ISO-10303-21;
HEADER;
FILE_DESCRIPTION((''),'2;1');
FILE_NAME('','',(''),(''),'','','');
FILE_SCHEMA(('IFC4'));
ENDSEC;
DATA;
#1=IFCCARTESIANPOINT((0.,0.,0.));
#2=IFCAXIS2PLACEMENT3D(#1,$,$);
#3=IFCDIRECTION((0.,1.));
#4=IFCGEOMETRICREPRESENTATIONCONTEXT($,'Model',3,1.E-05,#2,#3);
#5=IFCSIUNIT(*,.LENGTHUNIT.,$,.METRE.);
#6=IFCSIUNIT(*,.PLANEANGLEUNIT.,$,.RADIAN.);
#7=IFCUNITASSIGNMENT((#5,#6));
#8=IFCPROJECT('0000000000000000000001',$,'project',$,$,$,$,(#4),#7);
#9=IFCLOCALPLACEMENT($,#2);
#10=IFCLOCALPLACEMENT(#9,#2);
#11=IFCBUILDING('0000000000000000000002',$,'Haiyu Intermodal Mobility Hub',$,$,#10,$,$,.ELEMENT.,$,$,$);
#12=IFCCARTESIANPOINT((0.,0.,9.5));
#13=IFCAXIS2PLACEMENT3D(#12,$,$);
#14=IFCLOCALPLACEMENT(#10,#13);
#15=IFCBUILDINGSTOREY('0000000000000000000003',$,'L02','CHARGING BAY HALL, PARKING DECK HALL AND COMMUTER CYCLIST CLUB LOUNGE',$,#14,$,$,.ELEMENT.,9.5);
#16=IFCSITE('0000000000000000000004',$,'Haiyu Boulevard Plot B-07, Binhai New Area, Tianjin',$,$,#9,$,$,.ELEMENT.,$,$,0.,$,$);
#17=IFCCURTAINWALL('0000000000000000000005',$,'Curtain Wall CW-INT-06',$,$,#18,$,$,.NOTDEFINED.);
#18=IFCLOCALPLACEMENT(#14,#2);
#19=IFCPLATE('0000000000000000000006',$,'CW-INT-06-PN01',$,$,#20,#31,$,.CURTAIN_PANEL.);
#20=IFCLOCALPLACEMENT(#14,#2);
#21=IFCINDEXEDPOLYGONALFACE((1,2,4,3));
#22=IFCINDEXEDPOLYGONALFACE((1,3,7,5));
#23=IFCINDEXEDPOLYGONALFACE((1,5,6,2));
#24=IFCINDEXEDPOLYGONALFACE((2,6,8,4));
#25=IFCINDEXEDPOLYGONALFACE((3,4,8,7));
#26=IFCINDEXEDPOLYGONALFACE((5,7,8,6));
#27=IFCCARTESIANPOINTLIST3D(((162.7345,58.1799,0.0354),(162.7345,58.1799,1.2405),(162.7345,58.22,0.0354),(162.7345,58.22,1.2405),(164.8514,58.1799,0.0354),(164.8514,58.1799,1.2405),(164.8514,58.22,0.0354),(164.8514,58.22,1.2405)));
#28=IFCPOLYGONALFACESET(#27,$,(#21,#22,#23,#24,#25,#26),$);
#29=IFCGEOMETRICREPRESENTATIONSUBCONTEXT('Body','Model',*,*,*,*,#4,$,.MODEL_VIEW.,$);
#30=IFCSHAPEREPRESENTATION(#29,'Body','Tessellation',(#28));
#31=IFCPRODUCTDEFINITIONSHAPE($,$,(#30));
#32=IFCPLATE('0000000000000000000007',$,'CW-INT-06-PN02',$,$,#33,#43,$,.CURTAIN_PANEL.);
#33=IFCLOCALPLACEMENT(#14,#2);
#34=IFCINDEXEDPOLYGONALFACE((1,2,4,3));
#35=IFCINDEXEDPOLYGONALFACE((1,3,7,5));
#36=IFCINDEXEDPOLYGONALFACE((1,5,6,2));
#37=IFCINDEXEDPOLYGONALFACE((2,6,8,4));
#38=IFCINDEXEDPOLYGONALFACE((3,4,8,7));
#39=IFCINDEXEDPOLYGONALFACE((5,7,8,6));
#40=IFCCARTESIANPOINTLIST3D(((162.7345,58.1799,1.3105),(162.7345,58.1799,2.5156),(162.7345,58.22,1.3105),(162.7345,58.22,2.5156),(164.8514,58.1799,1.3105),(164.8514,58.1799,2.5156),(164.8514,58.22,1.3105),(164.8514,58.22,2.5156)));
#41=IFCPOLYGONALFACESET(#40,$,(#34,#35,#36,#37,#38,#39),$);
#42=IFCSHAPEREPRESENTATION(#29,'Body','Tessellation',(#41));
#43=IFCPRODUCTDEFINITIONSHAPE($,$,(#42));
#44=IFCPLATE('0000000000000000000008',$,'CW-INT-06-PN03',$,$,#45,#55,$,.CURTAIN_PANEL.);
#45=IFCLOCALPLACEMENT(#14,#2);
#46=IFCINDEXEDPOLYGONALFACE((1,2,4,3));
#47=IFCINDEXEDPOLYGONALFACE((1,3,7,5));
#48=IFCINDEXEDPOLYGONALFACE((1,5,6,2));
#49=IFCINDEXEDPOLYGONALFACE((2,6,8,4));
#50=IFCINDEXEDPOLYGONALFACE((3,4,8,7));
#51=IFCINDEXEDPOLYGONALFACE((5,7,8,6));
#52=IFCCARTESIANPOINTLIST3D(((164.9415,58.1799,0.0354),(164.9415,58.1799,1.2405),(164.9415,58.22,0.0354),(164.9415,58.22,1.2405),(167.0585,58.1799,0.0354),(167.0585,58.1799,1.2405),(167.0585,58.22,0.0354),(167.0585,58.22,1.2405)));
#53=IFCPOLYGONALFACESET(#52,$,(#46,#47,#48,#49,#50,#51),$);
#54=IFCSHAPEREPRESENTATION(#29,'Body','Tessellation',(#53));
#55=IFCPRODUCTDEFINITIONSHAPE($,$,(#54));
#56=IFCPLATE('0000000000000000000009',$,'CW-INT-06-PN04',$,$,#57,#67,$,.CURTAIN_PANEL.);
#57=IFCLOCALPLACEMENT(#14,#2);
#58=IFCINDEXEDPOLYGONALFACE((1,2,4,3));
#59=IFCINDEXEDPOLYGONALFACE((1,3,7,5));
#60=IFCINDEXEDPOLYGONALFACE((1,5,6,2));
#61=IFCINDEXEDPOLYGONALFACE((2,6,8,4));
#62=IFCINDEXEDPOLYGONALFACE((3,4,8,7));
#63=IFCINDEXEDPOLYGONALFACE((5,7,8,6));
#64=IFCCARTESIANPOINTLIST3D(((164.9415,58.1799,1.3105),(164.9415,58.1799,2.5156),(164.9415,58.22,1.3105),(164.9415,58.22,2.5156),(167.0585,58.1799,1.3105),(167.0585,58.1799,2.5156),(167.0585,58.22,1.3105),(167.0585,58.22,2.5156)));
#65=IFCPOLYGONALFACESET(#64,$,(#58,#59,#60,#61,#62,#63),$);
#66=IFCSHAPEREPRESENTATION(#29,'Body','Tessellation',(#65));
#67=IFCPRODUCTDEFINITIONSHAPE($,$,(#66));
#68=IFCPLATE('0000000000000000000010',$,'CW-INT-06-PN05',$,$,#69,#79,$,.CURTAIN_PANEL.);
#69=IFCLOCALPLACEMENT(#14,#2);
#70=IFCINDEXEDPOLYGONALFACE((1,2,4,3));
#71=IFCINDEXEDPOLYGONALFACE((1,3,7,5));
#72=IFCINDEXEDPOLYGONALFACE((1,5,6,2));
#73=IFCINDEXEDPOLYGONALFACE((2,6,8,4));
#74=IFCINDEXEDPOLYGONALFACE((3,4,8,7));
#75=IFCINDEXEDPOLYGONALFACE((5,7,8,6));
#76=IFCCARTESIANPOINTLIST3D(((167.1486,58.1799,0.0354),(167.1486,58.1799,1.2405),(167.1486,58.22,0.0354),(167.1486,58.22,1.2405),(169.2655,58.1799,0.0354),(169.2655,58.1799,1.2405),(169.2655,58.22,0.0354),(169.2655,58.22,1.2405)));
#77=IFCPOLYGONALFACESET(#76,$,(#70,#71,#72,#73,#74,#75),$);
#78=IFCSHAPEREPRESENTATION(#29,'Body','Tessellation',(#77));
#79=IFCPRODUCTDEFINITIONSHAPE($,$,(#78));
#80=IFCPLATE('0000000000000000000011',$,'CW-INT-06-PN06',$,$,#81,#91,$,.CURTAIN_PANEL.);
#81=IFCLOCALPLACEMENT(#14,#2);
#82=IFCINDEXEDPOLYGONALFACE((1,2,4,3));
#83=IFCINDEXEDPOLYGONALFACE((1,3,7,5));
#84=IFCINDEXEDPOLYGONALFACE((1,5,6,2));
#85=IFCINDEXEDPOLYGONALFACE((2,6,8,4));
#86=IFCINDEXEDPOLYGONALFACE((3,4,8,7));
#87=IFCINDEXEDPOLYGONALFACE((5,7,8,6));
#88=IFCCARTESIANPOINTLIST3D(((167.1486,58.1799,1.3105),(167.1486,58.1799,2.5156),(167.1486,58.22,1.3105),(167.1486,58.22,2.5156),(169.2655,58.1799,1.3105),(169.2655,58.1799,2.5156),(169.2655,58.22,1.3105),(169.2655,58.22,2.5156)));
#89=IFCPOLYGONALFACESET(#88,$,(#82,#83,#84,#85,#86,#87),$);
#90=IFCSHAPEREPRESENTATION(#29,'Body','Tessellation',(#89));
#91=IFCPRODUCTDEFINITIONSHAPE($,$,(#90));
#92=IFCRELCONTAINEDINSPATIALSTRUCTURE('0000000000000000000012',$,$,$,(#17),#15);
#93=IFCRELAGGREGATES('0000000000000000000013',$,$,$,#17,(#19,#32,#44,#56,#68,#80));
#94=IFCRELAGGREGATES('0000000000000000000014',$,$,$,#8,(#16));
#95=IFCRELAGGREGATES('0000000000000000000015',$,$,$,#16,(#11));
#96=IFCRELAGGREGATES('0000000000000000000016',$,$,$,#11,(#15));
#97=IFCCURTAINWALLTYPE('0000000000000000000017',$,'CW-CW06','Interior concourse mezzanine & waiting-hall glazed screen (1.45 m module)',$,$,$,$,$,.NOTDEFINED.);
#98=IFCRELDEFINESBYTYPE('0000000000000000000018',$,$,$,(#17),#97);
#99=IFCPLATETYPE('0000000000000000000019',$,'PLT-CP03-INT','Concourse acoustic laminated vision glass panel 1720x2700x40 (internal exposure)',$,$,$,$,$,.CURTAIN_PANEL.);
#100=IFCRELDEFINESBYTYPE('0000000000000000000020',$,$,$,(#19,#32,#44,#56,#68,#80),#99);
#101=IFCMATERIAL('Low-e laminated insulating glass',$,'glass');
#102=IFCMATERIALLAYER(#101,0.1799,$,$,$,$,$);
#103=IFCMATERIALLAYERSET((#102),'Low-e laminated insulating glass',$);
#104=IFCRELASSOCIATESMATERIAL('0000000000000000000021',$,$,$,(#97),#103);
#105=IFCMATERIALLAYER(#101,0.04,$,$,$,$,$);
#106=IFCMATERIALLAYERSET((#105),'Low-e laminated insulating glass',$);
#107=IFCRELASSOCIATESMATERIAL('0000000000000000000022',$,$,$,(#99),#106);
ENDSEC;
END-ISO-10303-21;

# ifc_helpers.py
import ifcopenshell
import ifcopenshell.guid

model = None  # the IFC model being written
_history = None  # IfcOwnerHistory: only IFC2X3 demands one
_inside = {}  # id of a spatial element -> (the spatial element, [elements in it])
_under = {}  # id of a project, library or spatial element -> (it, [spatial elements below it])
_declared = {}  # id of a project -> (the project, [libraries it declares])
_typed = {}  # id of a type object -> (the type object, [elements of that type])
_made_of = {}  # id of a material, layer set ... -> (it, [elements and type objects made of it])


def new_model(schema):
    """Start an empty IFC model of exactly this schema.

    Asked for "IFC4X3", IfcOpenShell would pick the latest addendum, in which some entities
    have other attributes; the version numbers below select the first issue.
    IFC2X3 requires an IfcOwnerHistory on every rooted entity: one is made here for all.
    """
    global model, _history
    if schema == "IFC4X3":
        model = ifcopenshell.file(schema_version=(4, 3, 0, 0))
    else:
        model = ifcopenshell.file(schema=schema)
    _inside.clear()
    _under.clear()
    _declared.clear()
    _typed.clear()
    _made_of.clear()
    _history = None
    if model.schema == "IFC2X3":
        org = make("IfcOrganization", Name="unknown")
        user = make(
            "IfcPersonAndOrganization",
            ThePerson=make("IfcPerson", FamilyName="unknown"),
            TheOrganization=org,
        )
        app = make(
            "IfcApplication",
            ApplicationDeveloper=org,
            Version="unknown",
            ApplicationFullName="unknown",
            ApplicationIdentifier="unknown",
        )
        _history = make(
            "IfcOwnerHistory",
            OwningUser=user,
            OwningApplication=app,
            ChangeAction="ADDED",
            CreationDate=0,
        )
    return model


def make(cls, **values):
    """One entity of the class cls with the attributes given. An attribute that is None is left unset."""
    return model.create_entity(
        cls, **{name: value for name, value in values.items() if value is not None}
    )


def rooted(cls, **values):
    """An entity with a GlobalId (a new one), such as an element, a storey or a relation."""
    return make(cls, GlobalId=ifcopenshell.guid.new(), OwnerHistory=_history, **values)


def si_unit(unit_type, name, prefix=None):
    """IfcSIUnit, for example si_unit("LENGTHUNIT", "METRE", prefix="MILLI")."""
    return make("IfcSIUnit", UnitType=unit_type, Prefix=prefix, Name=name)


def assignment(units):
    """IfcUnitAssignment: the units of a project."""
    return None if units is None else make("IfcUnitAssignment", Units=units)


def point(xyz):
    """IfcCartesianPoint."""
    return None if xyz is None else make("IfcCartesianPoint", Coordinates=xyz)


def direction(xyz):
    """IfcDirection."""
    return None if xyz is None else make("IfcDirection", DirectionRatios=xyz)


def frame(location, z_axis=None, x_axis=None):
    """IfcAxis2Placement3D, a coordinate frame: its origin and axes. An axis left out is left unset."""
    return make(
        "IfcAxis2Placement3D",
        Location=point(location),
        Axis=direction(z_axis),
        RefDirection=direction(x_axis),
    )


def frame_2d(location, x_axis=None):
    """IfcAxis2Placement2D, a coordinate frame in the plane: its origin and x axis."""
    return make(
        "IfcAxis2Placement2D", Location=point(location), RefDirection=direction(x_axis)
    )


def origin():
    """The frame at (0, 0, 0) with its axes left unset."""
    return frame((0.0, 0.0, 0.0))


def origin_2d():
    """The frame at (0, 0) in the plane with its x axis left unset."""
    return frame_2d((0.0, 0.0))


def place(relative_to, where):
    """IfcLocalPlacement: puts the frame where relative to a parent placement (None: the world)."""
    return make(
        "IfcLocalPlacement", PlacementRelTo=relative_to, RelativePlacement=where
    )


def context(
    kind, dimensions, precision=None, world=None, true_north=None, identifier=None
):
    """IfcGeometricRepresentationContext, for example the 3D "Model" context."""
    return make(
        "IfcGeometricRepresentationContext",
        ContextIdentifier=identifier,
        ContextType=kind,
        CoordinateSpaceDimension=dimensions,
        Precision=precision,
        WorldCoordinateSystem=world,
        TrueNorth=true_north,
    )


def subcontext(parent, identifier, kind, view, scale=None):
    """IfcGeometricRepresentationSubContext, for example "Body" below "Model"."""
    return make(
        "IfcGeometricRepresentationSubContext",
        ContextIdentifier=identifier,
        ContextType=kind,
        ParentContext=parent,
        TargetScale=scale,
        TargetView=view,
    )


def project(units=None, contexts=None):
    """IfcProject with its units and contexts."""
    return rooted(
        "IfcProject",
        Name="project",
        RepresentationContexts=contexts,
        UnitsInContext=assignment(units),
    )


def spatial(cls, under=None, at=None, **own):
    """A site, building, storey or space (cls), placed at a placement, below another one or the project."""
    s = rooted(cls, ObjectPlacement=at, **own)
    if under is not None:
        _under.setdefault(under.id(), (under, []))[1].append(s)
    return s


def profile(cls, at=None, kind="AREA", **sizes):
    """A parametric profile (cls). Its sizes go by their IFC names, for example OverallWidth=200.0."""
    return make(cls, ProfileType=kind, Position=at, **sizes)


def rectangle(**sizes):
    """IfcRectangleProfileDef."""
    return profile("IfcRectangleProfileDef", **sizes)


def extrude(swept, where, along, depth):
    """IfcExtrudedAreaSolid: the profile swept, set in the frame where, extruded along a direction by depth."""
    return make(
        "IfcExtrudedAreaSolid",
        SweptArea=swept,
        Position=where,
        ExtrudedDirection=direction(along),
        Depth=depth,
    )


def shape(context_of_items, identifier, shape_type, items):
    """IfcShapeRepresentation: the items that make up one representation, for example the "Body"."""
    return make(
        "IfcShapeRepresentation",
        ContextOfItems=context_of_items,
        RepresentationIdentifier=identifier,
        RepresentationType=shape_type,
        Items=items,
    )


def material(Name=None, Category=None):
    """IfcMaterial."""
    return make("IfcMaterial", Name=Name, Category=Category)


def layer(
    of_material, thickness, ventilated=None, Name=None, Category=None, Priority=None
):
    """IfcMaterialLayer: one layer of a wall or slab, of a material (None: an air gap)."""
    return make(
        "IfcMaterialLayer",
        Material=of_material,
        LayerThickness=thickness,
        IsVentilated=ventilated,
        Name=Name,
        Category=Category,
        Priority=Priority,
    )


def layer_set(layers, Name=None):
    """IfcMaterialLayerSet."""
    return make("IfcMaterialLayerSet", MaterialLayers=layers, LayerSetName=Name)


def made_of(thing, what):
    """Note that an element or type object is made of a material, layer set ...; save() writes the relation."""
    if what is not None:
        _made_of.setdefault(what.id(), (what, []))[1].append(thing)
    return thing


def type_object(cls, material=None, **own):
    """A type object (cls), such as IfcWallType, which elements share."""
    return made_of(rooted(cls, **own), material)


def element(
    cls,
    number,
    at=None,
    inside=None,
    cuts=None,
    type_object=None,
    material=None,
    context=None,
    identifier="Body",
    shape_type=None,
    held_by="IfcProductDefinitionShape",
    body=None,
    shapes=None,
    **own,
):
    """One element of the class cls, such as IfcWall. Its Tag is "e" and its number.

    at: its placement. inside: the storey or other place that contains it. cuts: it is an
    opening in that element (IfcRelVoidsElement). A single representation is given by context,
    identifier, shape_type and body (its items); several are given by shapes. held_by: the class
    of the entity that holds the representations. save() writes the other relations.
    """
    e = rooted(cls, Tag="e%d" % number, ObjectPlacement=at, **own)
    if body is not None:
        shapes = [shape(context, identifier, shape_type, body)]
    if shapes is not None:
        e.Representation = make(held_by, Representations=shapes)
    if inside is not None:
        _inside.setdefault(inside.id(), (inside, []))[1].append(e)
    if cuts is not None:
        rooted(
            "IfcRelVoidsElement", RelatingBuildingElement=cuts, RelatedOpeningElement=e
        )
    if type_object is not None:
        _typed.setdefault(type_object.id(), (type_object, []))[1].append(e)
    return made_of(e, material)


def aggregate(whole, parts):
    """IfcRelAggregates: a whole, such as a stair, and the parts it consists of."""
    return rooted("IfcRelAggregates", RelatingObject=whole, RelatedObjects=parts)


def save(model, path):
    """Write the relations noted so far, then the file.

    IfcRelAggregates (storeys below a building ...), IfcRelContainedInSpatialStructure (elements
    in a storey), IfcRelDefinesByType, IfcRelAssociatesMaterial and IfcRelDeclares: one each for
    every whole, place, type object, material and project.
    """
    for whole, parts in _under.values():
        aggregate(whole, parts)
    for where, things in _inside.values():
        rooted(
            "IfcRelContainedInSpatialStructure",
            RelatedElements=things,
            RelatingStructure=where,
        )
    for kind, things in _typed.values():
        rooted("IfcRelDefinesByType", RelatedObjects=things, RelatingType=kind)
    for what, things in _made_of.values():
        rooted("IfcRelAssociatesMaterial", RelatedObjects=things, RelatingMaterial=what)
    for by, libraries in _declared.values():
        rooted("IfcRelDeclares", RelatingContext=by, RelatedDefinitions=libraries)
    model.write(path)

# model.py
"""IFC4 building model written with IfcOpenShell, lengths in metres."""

from ifc_helpers import new_model, si_unit, direction, frame, origin, origin_2d, place, context, subcontext, project, spatial, rectangle, extrude, material, layer, layer_set, type_object, element, aggregate, save


model = new_model("IFC4")

# Units and contexts
model_context = context("Model", 3, precision=1e-05, world=origin(), true_north=direction((0.0, 1.0)))
body_context = subcontext(model_context, "Body", "Model", "MODEL_VIEW")
ifc_project = project(units=[si_unit("LENGTHUNIT", "METRE"), si_unit("PLANEANGLEUNIT", "RADIAN")], contexts=[model_context])

# Site, building, storey
site_placement = place(None, origin())
site = spatial("IfcSite", under=ifc_project, at=site_placement, Name="Haiyu Boulevard Plot B-07, Binhai New Area, Tianjin", CompositionType="ELEMENT", RefElevation=0.0)
building_placement = place(site_placement, origin())
building = spatial("IfcBuilding", under=site, at=building_placement, Name="Haiyu Intermodal Mobility Hub", CompositionType="ELEMENT")
storey_placement = place(building_placement, frame((0.0, 0.0, 9.5)))
storey = spatial("IfcBuildingStorey", under=building, at=storey_placement, Name="L02", Description="CHARGING BAY HALL, PARKING DECK HALL AND COMMUTER CYCLIST CLUB LOUNGE", CompositionType="ELEMENT", Elevation=9.5)

# Shared definitions
ifc_material_1 = material(Name="Low-e laminated insulating glass", Category="glass")
ifc_layer_1 = layer(ifc_material_1, 0.1799)
ifc_layer_set_1 = layer_set([ifc_layer_1], Name="Low-e laminated insulating glass")
curtain_wall_type = type_object("IfcCurtainWallType", Name="CW-CW06", Description="Interior concourse mezzanine & waiting-hall glazed screen (1.45 m module)", PredefinedType="NOTDEFINED", material=ifc_layer_set_1)

# Curtain wall
curtain_wall_1_placement = place(storey_placement, origin())
curtain_wall_1 = element("IfcCurtainWall", 1, at=curtain_wall_1_placement, inside=storey, type_object=curtain_wall_type, Name="Curtain Wall CW-INT-06", PredefinedType="NOTDEFINED")

# Plates
ifc_layer_2 = layer(ifc_material_1, 0.04)
ifc_layer_set_2 = layer_set([ifc_layer_2], Name="Low-e laminated insulating glass")
plate_type = type_object("IfcPlateType", Name="PLT-CP03-INT", Description="Concourse acoustic laminated vision glass panel 1720x2700x40 (internal exposure)", PredefinedType="CURTAIN_PANEL", material=ifc_layer_set_2)
plate_1_placement = place(storey_placement, frame((163.793, 58.2, 0.0354), z_axis=(0.0, 0.0, 1.0), x_axis=(1.0, 0.0, 0.0)))
plate_1 = element("IfcPlate", 2, at=plate_1_placement, type_object=plate_type, Name="CW-INT-06-PN01", PredefinedType="CURTAIN_PANEL", context=body_context, shape_type="SweptSolid", body=[
    extrude(rectangle(XDim=2.1169, YDim=0.04, at=origin_2d()), origin(), (0.0, 0.0, 1.0), 1.2051),
])
plate_2_placement = place(storey_placement, frame((163.793, 58.2, 1.3105), z_axis=(0.0, 0.0, 1.0), x_axis=(1.0, 0.0, 0.0)))
plate_2 = element("IfcPlate", 3, at=plate_2_placement, type_object=plate_type, Name="CW-INT-06-PN02", PredefinedType="CURTAIN_PANEL", context=body_context, shape_type="SweptSolid", body=[
    extrude(rectangle(XDim=2.1169, YDim=0.04, at=origin_2d()), origin(), (0.0, 0.0, 1.0), 1.2051),
])
plate_3_placement = place(storey_placement, frame((166.0, 58.2, 0.0354), z_axis=(0.0, 0.0, 1.0), x_axis=(1.0, 0.0, 0.0)))
plate_3 = element("IfcPlate", 4, at=plate_3_placement, type_object=plate_type, Name="CW-INT-06-PN03", PredefinedType="CURTAIN_PANEL", context=body_context, shape_type="SweptSolid", body=[
    extrude(rectangle(XDim=2.1169, YDim=0.04, at=origin_2d()), origin(), (0.0, 0.0, 1.0), 1.2051),
])
plate_4_placement = place(storey_placement, frame((166.0, 58.2, 1.3105), z_axis=(0.0, 0.0, 1.0), x_axis=(1.0, 0.0, 0.0)))
plate_4 = element("IfcPlate", 5, at=plate_4_placement, type_object=plate_type, Name="CW-INT-06-PN04", PredefinedType="CURTAIN_PANEL", context=body_context, shape_type="SweptSolid", body=[
    extrude(rectangle(XDim=2.1169, YDim=0.04, at=origin_2d()), origin(), (0.0, 0.0, 1.0), 1.2051),
])
plate_5_placement = place(storey_placement, frame((168.207, 58.2, 0.0354), z_axis=(0.0, 0.0, 1.0), x_axis=(1.0, 0.0, 0.0)))
plate_5 = element("IfcPlate", 6, at=plate_5_placement, type_object=plate_type, Name="CW-INT-06-PN05", PredefinedType="CURTAIN_PANEL", context=body_context, shape_type="SweptSolid", body=[
    extrude(rectangle(XDim=2.1169, YDim=0.04, at=origin_2d()), origin(), (0.0, 0.0, 1.0), 1.2051),
])
plate_6_placement = place(storey_placement, frame((168.207, 58.2, 1.3105), z_axis=(0.0, 0.0, 1.0), x_axis=(1.0, 0.0, 0.0)))
plate_6 = element("IfcPlate", 7, at=plate_6_placement, type_object=plate_type, Name="CW-INT-06-PN06", PredefinedType="CURTAIN_PANEL", context=body_context, shape_type="SweptSolid", body=[
    extrude(rectangle(XDim=2.1169, YDim=0.04, at=origin_2d()), origin(), (0.0, 0.0, 1.0), 1.2051),
])
aggregate(curtain_wall_1, [plate_1, plate_2, plate_3, plate_4, plate_5, plate_6])

save(model, "model.ifc")
